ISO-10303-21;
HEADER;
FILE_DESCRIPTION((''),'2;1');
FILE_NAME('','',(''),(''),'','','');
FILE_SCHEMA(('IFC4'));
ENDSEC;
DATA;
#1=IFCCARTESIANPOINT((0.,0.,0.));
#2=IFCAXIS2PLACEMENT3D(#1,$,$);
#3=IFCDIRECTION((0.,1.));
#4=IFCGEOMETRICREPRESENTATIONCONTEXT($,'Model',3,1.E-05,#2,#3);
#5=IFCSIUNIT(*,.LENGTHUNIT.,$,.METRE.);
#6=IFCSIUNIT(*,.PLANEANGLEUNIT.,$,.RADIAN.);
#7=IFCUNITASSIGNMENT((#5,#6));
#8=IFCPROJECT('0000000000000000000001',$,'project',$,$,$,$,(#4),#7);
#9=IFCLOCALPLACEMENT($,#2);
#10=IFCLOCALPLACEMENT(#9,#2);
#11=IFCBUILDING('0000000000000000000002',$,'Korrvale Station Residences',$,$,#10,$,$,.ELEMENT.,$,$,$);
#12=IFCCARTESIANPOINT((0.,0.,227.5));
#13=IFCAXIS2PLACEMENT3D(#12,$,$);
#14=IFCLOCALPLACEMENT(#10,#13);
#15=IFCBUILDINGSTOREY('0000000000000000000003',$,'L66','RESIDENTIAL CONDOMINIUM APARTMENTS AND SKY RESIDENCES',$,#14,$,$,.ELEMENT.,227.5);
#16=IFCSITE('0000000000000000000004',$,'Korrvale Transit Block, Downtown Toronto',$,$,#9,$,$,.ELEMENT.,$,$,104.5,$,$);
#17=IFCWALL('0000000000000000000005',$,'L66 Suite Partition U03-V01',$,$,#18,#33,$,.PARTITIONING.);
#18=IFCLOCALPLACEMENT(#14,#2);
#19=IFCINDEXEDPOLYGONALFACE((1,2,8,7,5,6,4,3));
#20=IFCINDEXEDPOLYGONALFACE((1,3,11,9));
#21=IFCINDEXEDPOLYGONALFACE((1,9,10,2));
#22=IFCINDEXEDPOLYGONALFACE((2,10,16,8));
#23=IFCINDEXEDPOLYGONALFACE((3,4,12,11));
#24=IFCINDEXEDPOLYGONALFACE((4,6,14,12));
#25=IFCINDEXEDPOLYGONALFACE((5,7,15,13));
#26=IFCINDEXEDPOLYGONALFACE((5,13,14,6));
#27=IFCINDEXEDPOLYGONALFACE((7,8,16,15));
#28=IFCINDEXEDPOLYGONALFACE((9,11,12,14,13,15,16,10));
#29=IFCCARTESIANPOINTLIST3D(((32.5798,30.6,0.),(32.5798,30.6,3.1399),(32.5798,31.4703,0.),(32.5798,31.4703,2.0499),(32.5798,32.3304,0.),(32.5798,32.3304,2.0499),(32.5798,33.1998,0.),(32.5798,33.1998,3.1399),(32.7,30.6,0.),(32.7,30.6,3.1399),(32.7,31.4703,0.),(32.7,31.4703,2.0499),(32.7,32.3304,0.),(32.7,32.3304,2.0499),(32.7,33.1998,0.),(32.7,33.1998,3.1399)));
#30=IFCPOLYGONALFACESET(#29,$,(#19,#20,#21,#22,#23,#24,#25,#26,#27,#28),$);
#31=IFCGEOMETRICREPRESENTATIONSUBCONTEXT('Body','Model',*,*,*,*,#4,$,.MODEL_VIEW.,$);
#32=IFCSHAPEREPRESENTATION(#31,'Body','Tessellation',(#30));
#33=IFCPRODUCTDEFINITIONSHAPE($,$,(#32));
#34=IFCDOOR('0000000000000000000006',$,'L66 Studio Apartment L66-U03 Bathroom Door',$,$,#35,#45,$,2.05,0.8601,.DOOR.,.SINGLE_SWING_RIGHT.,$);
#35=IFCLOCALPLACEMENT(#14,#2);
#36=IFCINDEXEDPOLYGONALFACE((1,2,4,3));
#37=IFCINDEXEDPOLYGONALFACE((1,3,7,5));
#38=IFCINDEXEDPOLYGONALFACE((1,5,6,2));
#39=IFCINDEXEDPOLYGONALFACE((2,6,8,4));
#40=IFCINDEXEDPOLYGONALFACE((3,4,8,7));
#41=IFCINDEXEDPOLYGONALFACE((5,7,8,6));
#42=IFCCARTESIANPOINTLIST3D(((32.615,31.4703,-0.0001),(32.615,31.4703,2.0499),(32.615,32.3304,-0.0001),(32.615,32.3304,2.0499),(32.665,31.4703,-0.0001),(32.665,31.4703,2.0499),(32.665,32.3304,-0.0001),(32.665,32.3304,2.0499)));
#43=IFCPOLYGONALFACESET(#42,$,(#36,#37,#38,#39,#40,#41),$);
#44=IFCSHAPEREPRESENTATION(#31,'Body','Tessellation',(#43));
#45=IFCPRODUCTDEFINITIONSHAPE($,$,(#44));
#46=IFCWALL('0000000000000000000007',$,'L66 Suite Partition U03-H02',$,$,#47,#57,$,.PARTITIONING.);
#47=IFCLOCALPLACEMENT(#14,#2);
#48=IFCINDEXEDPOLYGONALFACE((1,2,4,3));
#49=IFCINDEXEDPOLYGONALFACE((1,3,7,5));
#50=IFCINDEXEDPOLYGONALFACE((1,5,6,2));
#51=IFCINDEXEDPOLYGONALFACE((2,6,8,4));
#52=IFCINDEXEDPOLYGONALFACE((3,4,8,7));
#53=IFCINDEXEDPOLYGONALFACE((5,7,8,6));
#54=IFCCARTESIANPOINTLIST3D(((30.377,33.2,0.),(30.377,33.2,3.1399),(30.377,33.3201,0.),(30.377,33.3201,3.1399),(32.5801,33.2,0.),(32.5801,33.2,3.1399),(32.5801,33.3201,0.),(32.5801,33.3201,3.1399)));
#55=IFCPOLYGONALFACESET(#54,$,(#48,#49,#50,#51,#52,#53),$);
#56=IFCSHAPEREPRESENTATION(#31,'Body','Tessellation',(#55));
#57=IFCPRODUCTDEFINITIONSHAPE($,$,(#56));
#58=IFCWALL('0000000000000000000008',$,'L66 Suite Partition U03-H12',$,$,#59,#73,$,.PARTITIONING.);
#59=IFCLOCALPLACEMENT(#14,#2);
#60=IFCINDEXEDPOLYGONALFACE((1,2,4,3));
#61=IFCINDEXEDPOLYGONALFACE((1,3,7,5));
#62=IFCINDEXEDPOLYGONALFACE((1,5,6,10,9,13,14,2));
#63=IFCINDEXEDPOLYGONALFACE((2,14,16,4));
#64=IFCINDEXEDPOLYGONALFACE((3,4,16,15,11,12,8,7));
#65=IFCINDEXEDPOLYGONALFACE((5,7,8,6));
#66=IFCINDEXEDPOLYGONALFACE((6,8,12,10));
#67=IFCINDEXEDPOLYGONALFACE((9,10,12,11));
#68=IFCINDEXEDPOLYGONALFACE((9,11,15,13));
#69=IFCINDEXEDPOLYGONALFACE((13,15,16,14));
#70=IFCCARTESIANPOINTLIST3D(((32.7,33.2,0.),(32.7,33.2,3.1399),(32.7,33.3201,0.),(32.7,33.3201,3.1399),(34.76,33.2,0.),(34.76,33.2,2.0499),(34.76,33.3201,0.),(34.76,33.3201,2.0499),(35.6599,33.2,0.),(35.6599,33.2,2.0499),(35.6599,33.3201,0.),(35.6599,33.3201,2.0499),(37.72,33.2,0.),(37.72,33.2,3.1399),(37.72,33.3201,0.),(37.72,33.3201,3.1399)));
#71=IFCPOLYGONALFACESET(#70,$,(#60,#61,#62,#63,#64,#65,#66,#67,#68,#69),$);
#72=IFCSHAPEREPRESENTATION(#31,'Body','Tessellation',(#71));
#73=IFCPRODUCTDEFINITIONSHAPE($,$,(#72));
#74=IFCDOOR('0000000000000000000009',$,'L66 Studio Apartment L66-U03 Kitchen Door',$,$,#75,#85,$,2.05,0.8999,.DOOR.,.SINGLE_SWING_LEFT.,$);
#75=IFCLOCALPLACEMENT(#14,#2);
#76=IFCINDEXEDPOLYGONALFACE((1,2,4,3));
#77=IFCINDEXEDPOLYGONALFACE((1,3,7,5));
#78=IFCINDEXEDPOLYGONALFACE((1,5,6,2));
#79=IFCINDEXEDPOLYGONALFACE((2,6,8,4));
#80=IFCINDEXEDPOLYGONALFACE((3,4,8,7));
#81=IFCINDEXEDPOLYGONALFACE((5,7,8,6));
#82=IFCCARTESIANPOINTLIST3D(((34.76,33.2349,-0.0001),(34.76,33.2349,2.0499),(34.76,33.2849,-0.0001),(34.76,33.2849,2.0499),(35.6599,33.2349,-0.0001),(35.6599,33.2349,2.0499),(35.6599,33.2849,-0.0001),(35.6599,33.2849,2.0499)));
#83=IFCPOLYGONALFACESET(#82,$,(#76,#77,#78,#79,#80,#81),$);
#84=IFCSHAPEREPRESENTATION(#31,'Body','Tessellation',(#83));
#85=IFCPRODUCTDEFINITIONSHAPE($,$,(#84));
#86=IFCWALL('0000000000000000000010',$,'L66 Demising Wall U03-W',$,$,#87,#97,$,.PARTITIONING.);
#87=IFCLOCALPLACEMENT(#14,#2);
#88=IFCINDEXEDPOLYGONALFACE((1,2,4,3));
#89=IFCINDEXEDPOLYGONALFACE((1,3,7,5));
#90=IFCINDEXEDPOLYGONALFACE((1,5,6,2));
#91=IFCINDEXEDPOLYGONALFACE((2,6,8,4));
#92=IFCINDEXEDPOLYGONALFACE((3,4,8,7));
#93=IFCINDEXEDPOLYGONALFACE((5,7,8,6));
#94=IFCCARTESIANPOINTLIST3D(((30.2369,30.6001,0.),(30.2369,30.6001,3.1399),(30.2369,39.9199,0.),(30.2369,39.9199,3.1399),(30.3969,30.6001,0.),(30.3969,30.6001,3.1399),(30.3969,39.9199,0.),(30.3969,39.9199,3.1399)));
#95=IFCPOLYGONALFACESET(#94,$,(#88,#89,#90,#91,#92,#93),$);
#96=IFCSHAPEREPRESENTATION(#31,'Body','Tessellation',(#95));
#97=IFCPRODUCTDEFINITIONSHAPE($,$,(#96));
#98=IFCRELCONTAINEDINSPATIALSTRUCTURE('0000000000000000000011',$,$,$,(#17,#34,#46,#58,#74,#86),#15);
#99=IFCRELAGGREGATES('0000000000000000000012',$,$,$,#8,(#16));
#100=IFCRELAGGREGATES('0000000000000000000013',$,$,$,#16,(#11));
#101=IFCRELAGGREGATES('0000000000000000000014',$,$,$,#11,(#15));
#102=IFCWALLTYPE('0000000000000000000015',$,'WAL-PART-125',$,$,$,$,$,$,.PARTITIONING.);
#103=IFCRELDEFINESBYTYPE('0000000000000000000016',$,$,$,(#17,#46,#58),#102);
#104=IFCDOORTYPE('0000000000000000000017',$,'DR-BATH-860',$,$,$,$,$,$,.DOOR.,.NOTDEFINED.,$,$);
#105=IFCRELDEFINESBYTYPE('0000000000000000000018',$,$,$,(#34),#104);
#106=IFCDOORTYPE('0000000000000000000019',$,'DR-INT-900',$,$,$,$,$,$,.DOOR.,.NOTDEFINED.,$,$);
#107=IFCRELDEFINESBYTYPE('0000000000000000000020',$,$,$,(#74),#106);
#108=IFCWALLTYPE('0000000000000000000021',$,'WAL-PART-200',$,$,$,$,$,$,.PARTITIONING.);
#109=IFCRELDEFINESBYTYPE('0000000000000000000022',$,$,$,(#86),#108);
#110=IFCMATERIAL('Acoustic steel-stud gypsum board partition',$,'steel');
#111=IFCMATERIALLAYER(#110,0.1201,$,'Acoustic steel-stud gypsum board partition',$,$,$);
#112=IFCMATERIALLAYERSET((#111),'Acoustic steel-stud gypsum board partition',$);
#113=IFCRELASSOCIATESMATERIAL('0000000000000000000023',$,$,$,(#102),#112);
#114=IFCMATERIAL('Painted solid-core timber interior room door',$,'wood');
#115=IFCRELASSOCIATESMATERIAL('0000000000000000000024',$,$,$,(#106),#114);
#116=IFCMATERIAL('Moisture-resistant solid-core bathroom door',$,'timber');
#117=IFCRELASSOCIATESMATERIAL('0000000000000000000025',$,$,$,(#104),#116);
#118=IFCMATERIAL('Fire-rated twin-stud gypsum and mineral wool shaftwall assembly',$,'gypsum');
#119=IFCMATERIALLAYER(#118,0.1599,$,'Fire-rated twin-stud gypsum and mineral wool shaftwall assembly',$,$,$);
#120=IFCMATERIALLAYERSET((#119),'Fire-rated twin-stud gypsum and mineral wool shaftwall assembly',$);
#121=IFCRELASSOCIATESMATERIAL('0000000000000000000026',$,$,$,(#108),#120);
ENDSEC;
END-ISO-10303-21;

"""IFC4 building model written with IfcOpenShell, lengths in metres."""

from ifc_helpers import new_model, si_unit, direction, frame, frame_2d, origin, place, context, subcontext, project, spatial, rectangle, extrude, material, layer, layer_set, type_object, element, fill, save


model = new_model("IFC4")

# Units and contexts
model_context = context("Model", 3, precision=1e-05, world=origin(), true_north=direction((0.0, 1.0)))
body_context = subcontext(model_context, "Body", "Model", "MODEL_VIEW")
ifc_project = project(units=[si_unit("LENGTHUNIT", "METRE"), si_unit("PLANEANGLEUNIT", "RADIAN")], contexts=[model_context])

# Site, building, storey
site_placement = place(None, origin())
site = spatial("IfcSite", under=ifc_project, at=site_placement, Name="Korrvale Transit Block, Downtown Toronto", CompositionType="ELEMENT", RefElevation=104.5)
building_placement = place(site_placement, origin())
building = spatial("IfcBuilding", under=site, at=building_placement, Name="Korrvale Station Residences", CompositionType="ELEMENT")
storey_placement = place(building_placement, frame((0.0, 0.0, 227.5)))
storey = spatial("IfcBuildingStorey", under=building, at=storey_placement, Name="L66", Description="RESIDENTIAL CONDOMINIUM APARTMENTS AND SKY RESIDENCES", CompositionType="ELEMENT", Elevation=227.5)

# Wall, opening, door
ifc_material_1 = material(Name="Acoustic steel-stud gypsum board partition", Category="steel")
ifc_layer_1 = layer(ifc_material_1, 0.1201, Name="Acoustic steel-stud gypsum board partition")
ifc_layer_set_1 = layer_set([ifc_layer_1], Name="Acoustic steel-stud gypsum board partition")
wall_type_1 = type_object("IfcWallType", Name="WAL-PART-125", PredefinedType="PARTITIONING", material=ifc_layer_set_1)
ifc_material_2 = material(Name="Painted solid-core timber interior room door", Category="wood")
door_type_1 = type_object("IfcDoorType", Name="DR-INT-900", OperationType="NOTDEFINED", PredefinedType="DOOR", material=ifc_material_2)
wall_1_placement = place(storey_placement, frame((32.6399, 30.6001, 0.0), z_axis=(0.0, 0.0, 1.0), x_axis=(0.0, 1.0, 0.0)))
wall_1 = element("IfcWall", 1, at=wall_1_placement, inside=storey, type_object=wall_type_1, Name="L66 Suite Partition U03-V01", PredefinedType="PARTITIONING", context=body_context, shape_type="SweptSolid", body=[
    extrude(rectangle(XDim=2.5999, YDim=0.1201, at=frame_2d((1.2998, 0.0))), origin(), (0.0, 0.0, 1.0), 3.1399),
])
opening_1_placement = place(wall_1_placement, frame((0.8701, 0.0, 0.0)))
opening_1 = element("IfcOpeningElement", 2, at=opening_1_placement, cuts=wall_1, PredefinedType="OPENING", context=body_context, shape_type="SweptSolid", body=[
    extrude(rectangle(XDim=0.8601, YDim=2.05, at=frame_2d((0.4302, 1.0249))), frame((0.0, 0.0701, 0.0), z_axis=(0.0, -1.0, 0.0), x_axis=(1.0, 0.0, 0.0)), (0.0, 0.0, 1.0), 0.1401),
])
ifc_material_3 = material(Name="Moisture-resistant solid-core bathroom door", Category="timber")
door_type_2 = type_object("IfcDoorType", Name="DR-BATH-860", OperationType="NOTDEFINED", PredefinedType="DOOR", material=ifc_material_3)
door_1_placement = place(opening_1_placement, origin())
door_1 = element("IfcDoor", 3, at=door_1_placement, inside=storey, type_object=door_type_2, Name="L66 Studio Apartment L66-U03 Bathroom Door", OperationType="SINGLE_SWING_RIGHT", OverallHeight=2.05, OverallWidth=0.8601, PredefinedType="DOOR", context=body_context, shape_type="SweptSolid", body=[
    extrude(rectangle(XDim=0.8601, YDim=2.05, at=frame_2d((0.4302, 1.0249))), frame((0.0, 0.0249, 0.0), z_axis=(0.0, -1.0, 0.0), x_axis=(1.0, 0.0, 0.0)), (0.0, 0.0, 1.0), 0.05),
])
fill(opening_1, door_1)

# Wall
wall_2_placement = place(storey_placement, frame((30.377, 33.26, 0.0), z_axis=(0.0, 0.0, 1.0), x_axis=(1.0, 0.0, 0.0)))
element("IfcWall", 4, at=wall_2_placement, inside=storey, type_object=wall_type_1, Name="L66 Suite Partition U03-H02", PredefinedType="PARTITIONING", context=body_context, shape_type="SweptSolid", body=[
    extrude(rectangle(XDim=2.2031, YDim=0.1201, at=frame_2d((1.1016, 0.0))), origin(), (0.0, 0.0, 1.0), 3.1399),
])

# Wall, opening, door
wall_3_placement = place(storey_placement, frame((32.7, 33.26, 0.0), z_axis=(0.0, 0.0, 1.0), x_axis=(1.0, 0.0, 0.0)))
wall_3 = element("IfcWall", 5, at=wall_3_placement, inside=storey, type_object=wall_type_1, Name="L66 Suite Partition U03-H12", PredefinedType="PARTITIONING", context=body_context, shape_type="SweptSolid", body=[
    extrude(rectangle(XDim=5.02, YDim=0.1201, at=frame_2d((2.51, 0.0))), origin(), (0.0, 0.0, 1.0), 3.1399),
])
opening_2_placement = place(wall_3_placement, frame((2.0601, 0.0, 0.0)))
opening_2 = element("IfcOpeningElement", 6, at=opening_2_placement, cuts=wall_3, PredefinedType="OPENING", context=body_context, shape_type="SweptSolid", body=[
    extrude(rectangle(XDim=0.8999, YDim=2.05, at=frame_2d((0.45, 1.0249))), frame((0.0, 0.0701, 0.0), z_axis=(0.0, -1.0, 0.0), x_axis=(1.0, 0.0, 0.0)), (0.0, 0.0, 1.0), 0.1401),
])
door_2_placement = place(opening_2_placement, origin())
door_2 = element("IfcDoor", 7, at=door_2_placement, inside=storey, type_object=door_type_1, Name="L66 Studio Apartment L66-U03 Kitchen Door", OperationType="SINGLE_SWING_LEFT", OverallHeight=2.05, OverallWidth=0.8999, PredefinedType="DOOR", context=body_context, shape_type="SweptSolid", body=[
    extrude(rectangle(XDim=0.8999, YDim=2.05, at=frame_2d((0.45, 1.0249))), frame((0.0, 0.0249, 0.0), z_axis=(0.0, -1.0, 0.0), x_axis=(1.0, 0.0, 0.0)), (0.0, 0.0, 1.0), 0.05),
])
fill(opening_2, door_2)

# Wall
ifc_material_4 = material(Name="Fire-rated twin-stud gypsum and mineral wool shaftwall assembly", Category="gypsum")
ifc_layer_2 = layer(ifc_material_4, 0.1599, Name="Fire-rated twin-stud gypsum and mineral wool shaftwall assembly")
ifc_layer_set_2 = layer_set([ifc_layer_2], Name="Fire-rated twin-stud gypsum and mineral wool shaftwall assembly")
wall_type_2 = type_object("IfcWallType", Name="WAL-PART-200", PredefinedType="PARTITIONING", material=ifc_layer_set_2)
wall_4_placement = place(storey_placement, frame((30.3169, 30.6001, 0.0), z_axis=(0.0, 0.0, 1.0), x_axis=(0.0, 1.0, 0.0)))
element("IfcWall", 8, at=wall_4_placement, inside=storey, type_object=wall_type_2, Name="L66 Demising Wall U03-W", PredefinedType="PARTITIONING", context=body_context, shape_type="SweptSolid", body=[
    extrude(rectangle(XDim=9.3198, YDim=0.1599, at=frame_2d((4.6599, 0.0))), origin(), (0.0, 0.0, 1.0), 3.1399),
])

save(model, "model.ifc")
